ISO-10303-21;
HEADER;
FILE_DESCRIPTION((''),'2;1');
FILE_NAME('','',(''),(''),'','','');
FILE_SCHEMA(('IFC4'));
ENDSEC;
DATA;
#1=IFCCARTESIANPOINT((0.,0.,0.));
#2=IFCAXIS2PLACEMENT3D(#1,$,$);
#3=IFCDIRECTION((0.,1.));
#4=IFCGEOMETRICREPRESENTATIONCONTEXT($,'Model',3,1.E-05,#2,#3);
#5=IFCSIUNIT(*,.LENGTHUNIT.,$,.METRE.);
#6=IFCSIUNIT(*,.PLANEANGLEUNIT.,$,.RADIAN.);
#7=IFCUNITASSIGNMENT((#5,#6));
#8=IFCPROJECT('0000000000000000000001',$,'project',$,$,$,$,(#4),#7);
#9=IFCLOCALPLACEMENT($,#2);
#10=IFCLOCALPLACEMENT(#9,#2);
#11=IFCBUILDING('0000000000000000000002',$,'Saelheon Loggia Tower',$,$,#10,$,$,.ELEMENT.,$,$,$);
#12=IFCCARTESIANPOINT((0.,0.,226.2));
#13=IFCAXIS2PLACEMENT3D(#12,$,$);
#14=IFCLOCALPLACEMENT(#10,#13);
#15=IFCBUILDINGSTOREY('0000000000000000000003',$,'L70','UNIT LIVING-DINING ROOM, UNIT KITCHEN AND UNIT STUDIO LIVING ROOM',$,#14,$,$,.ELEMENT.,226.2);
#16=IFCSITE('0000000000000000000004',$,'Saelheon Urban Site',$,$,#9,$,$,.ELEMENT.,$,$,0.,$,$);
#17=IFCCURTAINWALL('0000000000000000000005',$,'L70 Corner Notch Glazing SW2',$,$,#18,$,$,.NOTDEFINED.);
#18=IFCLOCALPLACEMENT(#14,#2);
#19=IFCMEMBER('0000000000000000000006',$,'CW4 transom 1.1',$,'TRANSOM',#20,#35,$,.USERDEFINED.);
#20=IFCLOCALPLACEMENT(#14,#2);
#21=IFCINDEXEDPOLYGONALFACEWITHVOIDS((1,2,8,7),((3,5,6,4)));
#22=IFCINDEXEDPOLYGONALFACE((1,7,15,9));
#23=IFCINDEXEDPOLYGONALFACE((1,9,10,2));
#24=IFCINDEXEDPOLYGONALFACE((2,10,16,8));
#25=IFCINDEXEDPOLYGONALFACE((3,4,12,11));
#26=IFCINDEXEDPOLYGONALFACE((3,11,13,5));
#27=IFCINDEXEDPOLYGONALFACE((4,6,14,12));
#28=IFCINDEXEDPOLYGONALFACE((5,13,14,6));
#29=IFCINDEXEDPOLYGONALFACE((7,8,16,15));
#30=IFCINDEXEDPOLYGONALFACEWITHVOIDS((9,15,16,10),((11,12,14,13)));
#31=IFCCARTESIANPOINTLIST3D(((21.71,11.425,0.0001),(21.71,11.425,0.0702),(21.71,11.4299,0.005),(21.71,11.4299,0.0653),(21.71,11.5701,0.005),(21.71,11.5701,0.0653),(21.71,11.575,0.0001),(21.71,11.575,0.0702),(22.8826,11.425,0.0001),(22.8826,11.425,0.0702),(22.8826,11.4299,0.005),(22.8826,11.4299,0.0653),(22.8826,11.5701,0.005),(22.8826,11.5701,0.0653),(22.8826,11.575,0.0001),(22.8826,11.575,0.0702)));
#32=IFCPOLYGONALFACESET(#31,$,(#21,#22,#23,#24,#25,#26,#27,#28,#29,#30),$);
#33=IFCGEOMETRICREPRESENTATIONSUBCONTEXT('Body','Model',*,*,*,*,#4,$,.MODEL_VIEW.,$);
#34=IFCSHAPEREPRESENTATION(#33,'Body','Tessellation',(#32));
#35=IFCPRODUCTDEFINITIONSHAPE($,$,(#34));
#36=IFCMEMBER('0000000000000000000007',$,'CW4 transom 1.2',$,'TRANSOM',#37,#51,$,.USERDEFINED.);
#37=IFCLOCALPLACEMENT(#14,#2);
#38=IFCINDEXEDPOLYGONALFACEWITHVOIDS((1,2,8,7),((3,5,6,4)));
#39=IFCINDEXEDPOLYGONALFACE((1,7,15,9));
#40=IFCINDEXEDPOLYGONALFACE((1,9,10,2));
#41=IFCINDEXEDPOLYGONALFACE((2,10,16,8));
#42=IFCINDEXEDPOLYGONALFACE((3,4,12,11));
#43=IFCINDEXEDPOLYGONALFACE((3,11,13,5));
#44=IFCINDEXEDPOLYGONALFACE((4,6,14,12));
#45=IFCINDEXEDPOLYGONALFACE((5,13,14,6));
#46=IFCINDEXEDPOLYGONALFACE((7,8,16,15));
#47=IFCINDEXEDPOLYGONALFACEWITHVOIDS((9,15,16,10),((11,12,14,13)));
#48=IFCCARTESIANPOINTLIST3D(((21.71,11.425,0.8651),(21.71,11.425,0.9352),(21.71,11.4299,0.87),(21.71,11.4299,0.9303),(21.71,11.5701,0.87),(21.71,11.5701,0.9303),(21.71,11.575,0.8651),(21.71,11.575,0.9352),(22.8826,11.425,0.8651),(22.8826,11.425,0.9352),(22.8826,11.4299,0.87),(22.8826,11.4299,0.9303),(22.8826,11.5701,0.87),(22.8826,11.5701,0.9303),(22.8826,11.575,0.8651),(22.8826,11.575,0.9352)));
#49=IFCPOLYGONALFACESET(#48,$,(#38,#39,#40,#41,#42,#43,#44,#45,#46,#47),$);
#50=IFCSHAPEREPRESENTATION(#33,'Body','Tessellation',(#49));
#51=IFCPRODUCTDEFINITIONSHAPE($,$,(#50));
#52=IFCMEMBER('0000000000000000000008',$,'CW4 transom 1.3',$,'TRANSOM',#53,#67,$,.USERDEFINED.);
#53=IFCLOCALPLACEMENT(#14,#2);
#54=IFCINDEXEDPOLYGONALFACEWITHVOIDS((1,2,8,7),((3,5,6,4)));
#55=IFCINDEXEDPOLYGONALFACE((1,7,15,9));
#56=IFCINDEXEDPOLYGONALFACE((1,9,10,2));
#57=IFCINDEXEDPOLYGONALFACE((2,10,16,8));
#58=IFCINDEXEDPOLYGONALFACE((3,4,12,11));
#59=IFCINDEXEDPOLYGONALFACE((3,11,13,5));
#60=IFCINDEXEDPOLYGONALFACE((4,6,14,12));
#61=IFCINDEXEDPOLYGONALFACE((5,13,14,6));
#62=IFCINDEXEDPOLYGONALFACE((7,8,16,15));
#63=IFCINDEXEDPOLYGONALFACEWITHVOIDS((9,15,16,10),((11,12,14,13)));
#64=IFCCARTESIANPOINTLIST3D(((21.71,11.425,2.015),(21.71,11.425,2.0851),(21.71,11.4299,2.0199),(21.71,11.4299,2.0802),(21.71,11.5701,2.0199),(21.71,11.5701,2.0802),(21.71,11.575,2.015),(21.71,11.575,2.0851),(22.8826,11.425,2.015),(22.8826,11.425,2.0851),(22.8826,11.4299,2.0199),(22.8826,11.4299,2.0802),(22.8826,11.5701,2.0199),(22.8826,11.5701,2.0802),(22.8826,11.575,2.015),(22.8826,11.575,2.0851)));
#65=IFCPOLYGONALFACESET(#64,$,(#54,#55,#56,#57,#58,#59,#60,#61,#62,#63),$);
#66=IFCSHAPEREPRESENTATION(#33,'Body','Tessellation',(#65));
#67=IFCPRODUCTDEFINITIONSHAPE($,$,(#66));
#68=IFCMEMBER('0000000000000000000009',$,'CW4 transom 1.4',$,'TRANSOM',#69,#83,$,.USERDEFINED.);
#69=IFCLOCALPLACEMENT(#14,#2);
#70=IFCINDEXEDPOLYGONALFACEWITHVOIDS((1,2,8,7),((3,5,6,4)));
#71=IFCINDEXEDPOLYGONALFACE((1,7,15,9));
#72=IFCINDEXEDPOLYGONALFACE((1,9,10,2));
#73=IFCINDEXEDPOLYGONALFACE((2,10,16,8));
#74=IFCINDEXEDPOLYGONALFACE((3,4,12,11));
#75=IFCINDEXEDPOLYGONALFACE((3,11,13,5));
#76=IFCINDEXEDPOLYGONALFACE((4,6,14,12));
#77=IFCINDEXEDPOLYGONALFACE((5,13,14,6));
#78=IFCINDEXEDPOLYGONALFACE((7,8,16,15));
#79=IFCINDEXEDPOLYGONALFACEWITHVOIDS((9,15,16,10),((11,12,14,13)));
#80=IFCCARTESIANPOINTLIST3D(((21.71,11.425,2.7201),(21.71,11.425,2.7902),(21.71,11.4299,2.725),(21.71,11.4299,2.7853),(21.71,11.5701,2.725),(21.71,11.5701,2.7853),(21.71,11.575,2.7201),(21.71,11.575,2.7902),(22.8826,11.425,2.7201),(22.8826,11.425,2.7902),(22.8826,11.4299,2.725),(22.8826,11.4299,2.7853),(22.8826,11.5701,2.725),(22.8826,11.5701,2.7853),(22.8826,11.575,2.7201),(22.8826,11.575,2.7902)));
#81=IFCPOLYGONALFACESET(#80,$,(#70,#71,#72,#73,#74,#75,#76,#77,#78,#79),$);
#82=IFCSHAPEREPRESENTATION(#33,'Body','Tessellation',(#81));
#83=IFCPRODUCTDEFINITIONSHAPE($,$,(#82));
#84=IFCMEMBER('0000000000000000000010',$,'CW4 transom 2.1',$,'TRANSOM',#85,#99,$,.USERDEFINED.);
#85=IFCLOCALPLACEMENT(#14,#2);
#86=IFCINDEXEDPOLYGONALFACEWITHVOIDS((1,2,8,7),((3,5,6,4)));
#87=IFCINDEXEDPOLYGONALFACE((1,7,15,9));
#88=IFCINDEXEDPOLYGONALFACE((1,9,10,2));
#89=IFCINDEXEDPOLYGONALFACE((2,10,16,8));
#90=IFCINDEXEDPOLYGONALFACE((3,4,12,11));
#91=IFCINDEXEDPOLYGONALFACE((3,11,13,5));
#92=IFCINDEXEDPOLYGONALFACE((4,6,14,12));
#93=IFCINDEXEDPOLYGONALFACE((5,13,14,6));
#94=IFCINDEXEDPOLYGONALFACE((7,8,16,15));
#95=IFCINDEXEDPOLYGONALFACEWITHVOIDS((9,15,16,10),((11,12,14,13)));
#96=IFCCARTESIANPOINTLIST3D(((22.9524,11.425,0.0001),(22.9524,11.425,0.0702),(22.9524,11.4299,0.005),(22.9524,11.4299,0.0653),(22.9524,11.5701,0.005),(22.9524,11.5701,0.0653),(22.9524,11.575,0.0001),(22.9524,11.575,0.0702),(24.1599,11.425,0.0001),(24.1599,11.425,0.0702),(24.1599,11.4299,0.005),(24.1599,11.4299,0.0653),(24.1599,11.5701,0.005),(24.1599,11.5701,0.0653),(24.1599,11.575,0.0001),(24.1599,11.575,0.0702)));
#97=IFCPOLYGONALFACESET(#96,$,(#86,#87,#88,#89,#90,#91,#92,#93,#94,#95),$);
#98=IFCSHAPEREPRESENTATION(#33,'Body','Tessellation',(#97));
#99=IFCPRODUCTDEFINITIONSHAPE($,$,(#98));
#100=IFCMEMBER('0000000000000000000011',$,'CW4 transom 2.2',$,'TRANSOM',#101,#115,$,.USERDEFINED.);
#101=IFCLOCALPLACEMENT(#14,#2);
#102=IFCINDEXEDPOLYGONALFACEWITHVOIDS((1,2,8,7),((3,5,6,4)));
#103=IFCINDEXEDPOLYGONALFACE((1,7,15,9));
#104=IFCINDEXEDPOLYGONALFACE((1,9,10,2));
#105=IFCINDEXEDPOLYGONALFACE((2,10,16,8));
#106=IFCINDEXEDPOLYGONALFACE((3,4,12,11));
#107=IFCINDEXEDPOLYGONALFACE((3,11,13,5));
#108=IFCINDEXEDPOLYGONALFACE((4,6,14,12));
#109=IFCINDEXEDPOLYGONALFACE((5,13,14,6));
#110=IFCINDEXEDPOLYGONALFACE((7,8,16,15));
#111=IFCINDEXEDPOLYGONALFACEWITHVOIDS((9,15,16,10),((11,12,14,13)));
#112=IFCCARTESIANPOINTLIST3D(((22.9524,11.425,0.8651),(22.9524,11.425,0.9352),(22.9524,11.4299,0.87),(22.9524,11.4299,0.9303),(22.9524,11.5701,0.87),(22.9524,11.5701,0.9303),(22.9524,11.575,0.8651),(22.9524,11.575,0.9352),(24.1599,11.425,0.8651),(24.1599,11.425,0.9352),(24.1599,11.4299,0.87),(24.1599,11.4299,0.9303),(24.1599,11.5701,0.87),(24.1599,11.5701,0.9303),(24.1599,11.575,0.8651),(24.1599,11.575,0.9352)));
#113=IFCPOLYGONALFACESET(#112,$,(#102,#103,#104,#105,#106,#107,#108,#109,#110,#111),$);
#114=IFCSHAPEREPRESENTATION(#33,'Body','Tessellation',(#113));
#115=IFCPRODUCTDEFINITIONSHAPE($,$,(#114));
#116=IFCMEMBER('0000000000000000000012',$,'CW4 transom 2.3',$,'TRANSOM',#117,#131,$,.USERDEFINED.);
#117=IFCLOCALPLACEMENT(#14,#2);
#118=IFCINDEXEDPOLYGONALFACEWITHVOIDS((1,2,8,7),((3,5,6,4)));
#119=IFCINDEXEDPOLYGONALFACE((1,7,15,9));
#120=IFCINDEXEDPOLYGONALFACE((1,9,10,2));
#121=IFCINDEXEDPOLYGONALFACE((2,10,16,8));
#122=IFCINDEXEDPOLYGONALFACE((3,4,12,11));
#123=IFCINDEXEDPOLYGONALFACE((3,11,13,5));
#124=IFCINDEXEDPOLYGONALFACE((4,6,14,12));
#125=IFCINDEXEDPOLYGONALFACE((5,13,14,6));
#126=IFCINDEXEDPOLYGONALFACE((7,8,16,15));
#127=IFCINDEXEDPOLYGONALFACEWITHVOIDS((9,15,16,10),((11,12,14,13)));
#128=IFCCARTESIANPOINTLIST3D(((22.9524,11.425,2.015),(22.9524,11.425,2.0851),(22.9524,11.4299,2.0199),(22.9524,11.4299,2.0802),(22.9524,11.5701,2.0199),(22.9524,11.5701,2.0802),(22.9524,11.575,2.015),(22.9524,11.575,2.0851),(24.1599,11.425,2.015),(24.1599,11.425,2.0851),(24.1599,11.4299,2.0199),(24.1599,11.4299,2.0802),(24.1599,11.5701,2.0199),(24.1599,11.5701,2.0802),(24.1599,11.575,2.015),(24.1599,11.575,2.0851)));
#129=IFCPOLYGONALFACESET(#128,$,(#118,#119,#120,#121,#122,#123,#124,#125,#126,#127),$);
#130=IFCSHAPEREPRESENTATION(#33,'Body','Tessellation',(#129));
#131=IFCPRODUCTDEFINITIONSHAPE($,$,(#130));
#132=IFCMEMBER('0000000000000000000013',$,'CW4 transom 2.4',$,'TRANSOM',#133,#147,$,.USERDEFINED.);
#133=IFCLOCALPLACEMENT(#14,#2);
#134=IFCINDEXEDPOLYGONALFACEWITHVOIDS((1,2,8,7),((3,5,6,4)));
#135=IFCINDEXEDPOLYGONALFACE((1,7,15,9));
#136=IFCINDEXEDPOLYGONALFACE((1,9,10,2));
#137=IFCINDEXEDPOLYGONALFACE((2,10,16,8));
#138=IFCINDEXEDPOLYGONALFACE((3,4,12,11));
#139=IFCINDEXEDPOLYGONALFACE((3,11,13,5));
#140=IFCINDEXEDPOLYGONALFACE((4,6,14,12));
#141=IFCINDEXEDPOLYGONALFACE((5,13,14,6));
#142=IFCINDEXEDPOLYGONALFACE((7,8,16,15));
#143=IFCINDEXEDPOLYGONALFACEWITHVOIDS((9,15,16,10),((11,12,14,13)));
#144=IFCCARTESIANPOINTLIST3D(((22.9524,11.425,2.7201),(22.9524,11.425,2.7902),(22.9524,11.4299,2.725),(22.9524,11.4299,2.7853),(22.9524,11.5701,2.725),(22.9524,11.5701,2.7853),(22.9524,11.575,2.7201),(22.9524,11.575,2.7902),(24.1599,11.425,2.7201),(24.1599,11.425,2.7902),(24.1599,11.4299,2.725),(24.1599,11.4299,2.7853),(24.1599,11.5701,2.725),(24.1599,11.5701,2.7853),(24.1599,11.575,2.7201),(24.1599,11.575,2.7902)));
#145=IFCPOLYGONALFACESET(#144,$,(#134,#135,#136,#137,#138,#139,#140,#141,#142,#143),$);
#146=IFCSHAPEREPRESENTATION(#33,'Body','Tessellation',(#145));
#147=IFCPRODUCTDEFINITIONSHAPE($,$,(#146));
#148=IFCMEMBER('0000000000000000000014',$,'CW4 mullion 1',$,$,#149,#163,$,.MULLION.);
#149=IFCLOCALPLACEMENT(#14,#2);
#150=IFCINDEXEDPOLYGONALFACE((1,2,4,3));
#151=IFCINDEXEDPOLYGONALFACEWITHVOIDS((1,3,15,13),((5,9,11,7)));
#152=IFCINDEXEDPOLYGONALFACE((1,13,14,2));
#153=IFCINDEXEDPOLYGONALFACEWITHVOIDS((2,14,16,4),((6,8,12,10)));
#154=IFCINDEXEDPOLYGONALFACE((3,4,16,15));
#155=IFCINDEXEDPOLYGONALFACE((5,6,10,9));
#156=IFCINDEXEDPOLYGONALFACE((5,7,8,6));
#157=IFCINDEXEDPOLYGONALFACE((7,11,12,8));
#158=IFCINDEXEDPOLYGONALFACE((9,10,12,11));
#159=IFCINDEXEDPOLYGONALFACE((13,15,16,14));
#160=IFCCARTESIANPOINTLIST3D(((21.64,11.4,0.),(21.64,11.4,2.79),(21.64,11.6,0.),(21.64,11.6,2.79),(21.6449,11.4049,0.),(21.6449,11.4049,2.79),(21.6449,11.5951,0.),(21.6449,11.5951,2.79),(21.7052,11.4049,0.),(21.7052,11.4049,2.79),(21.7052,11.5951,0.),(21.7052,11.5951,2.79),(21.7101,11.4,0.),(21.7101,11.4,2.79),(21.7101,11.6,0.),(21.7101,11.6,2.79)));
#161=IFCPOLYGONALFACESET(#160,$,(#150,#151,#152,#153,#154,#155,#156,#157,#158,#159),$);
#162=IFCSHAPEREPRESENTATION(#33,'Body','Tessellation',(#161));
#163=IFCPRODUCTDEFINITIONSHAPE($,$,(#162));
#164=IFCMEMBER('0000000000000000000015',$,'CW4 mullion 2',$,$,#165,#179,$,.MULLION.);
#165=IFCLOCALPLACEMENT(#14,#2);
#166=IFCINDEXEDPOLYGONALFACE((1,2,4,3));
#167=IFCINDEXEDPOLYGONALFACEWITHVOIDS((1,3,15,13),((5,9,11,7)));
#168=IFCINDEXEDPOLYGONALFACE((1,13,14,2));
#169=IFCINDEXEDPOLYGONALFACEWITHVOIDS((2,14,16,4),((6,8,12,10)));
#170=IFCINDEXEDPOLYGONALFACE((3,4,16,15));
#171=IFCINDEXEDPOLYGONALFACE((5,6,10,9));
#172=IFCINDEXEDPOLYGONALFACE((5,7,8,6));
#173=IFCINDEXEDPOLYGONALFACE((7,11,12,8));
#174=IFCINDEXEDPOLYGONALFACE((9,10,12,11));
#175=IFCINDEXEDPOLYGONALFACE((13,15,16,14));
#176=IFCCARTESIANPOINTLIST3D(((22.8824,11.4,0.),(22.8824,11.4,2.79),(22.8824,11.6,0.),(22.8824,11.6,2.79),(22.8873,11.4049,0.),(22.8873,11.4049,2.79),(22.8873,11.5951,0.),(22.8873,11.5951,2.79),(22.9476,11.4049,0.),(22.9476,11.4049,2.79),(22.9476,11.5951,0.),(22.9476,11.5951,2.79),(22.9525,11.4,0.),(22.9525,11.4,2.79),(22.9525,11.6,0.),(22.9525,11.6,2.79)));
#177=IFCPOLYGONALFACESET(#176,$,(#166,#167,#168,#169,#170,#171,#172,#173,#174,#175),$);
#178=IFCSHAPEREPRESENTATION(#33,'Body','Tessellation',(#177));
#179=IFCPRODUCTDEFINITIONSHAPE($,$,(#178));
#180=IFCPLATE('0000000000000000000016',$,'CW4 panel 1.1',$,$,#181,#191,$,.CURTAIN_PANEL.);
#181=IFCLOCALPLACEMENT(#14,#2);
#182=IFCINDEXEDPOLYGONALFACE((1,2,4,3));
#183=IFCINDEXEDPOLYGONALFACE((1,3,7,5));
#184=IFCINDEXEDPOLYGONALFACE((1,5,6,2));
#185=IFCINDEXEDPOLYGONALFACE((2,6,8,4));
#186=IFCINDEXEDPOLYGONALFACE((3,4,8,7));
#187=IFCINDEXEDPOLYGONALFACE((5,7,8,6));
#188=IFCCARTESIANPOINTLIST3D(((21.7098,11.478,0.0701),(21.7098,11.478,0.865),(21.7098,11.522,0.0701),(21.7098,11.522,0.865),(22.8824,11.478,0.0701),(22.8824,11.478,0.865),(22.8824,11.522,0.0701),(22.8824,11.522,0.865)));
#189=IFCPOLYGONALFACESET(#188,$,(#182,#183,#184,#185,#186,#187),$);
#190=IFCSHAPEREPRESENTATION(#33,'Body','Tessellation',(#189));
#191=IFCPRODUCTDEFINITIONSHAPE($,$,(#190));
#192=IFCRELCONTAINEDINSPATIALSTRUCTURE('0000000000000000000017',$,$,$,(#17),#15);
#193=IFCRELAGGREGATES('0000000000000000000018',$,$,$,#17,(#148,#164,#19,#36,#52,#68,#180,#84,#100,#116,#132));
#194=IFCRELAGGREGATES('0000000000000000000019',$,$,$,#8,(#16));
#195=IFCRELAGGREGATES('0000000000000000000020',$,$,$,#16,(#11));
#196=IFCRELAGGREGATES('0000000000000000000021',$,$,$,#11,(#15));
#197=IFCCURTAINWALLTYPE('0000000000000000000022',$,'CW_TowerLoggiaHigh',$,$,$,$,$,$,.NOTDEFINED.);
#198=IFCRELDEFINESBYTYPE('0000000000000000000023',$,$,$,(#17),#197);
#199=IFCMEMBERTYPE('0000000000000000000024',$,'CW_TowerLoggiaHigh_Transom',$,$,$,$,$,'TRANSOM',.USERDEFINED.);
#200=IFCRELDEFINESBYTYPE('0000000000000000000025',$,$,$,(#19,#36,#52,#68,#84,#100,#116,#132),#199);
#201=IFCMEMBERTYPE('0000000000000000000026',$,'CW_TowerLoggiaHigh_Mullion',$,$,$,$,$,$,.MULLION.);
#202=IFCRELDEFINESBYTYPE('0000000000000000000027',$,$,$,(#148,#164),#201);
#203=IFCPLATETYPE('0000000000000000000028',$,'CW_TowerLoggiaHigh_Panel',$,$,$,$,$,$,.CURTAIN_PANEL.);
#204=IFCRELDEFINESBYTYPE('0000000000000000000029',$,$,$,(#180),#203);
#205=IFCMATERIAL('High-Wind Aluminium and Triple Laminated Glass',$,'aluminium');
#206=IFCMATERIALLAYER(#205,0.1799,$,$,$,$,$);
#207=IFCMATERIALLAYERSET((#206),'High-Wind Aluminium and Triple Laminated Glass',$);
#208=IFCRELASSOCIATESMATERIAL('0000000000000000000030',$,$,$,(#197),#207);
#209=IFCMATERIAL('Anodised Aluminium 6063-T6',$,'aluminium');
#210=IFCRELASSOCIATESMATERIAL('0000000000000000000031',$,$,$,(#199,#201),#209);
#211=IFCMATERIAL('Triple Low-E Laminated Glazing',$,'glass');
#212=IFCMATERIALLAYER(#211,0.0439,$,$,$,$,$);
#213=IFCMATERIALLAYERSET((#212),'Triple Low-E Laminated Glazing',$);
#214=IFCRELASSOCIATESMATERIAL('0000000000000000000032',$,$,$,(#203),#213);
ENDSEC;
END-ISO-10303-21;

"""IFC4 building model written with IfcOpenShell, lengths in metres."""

from ifc_helpers import new_model, si_unit, direction, frame, origin, origin_2d, place, context, subcontext, project, spatial, rectangle, hollow_rectangle, extrude, source, transform, mapped, material, layer, layer_set, material_profile, profile_set, type_object, element, aggregate, save


model = new_model("IFC4")

# Units and contexts
model_context = context("Model", 3, precision=1e-05, world=origin(), true_north=direction((0.0, 1.0)))
body_context = subcontext(model_context, "Body", "Model", "MODEL_VIEW")
ifc_project = project(units=[si_unit("LENGTHUNIT", "METRE"), si_unit("PLANEANGLEUNIT", "RADIAN")], contexts=[model_context])

# Site, building, storey
site_placement = place(None, origin())
site = spatial("IfcSite", under=ifc_project, at=site_placement, Name="Saelheon Urban Site", CompositionType="ELEMENT", RefElevation=0.0)
building_placement = place(site_placement, origin())
building = spatial("IfcBuilding", under=site, at=building_placement, Name="Saelheon Loggia Tower", CompositionType="ELEMENT")
storey_placement = place(building_placement, frame((0.0, 0.0, 226.2)))
storey = spatial("IfcBuildingStorey", under=building, at=storey_placement, Name="L70", Description="UNIT LIVING-DINING ROOM, UNIT KITCHEN AND UNIT STUDIO LIVING ROOM", CompositionType="ELEMENT", Elevation=226.2)

# Curtain wall, members, plate
ifc_material_1 = material(Name="High-Wind Aluminium and Triple Laminated Glass", Category="aluminium")
ifc_layer_1 = layer(ifc_material_1, 0.1799)
ifc_layer_set_1 = layer_set([ifc_layer_1], Name="High-Wind Aluminium and Triple Laminated Glass")
curtain_wall_type = type_object("IfcCurtainWallType", Name="CW_TowerLoggiaHigh", PredefinedType="NOTDEFINED", material=ifc_layer_set_1)
curtain_wall_placement = place(storey_placement, origin())
curtain_wall = element("IfcCurtainWall", 1, at=curtain_wall_placement, inside=storey, type_object=curtain_wall_type, Name="L70 Corner Notch Glazing SW2", PredefinedType="NOTDEFINED")
ifc_material_2 = material(Name="Anodised Aluminium 6063-T6", Category="aluminium")
ifc_material_profile_1 = material_profile(ifc_material_2, hollow_rectangle(XDim=0.0701, YDim=0.1499, WallThickness=0.0049, at=origin_2d()), Name="RHS-150x70x5")
ifc_profile_set_1 = profile_set([ifc_material_profile_1], Name="Anodised Aluminium 6063-T6")
member_type_1 = type_object("IfcMemberType", Name="CW_TowerLoggiaHigh_Transom", ElementType="TRANSOM", PredefinedType="USERDEFINED", material=ifc_profile_set_1)
shared_shape_1 = source(origin(), body_context, "Body", "SweptSolid", [
    extrude(hollow_rectangle(XDim=0.0701, YDim=0.1499, WallThickness=0.0049, at=origin_2d()), origin(), (0.0, 0.0, 1.0), 1.1726),
])
member_1_placement = place(storey_placement, frame((21.71, 11.5, 0.0352), z_axis=(1.0, 0.0, 0.0), x_axis=(0.0, 0.0, 1.0)))
member_1 = element("IfcMember", 2, at=member_1_placement, type_object=member_type_1, Name="CW4 transom 1.1", ObjectType="TRANSOM", PredefinedType="USERDEFINED", context=body_context, shape_type="MappedRepresentation", body=[
    mapped(shared_shape_1, transform((0.0, 0.0, 0.0), scale=1.0)),
])
member_2_placement = place(storey_placement, frame((21.71, 11.5, 0.9001), z_axis=(1.0, 0.0, 0.0), x_axis=(0.0, 0.0, 1.0)))
member_2 = element("IfcMember", 3, at=member_2_placement, type_object=member_type_1, Name="CW4 transom 1.2", ObjectType="TRANSOM", PredefinedType="USERDEFINED", context=body_context, shape_type="MappedRepresentation", body=[
    mapped(shared_shape_1, transform((0.0, 0.0, 0.0), scale=1.0)),
])
member_3_placement = place(storey_placement, frame((21.71, 11.5, 2.05), z_axis=(1.0, 0.0, 0.0), x_axis=(0.0, 0.0, 1.0)))
member_3 = element("IfcMember", 4, at=member_3_placement, type_object=member_type_1, Name="CW4 transom 1.3", ObjectType="TRANSOM", PredefinedType="USERDEFINED", context=body_context, shape_type="MappedRepresentation", body=[
    mapped(shared_shape_1, transform((0.0, 0.0, 0.0), scale=1.0)),
])
member_4_placement = place(storey_placement, frame((21.71, 11.5, 2.7551), z_axis=(1.0, 0.0, 0.0), x_axis=(0.0, 0.0, 1.0)))
member_4 = element("IfcMember", 5, at=member_4_placement, type_object=member_type_1, Name="CW4 transom 1.4", ObjectType="TRANSOM", PredefinedType="USERDEFINED", context=body_context, shape_type="MappedRepresentation", body=[
    mapped(shared_shape_1, transform((0.0, 0.0, 0.0), scale=1.0)),
])
shared_shape_2 = source(origin(), body_context, "Body", "SweptSolid", [
    extrude(hollow_rectangle(XDim=0.0701, YDim=0.1499, WallThickness=0.0049, at=origin_2d()), origin(), (0.0, 0.0, 1.0), 1.2075),
])
member_5_placement = place(storey_placement, frame((22.9524, 11.5, 0.0352), z_axis=(1.0, 0.0, 0.0), x_axis=(0.0, 0.0, 1.0)))
member_5 = element("IfcMember", 6, at=member_5_placement, type_object=member_type_1, Name="CW4 transom 2.1", ObjectType="TRANSOM", PredefinedType="USERDEFINED", context=body_context, shape_type="MappedRepresentation", body=[
    mapped(shared_shape_2, transform((0.0, 0.0, 0.0), scale=1.0)),
])
member_6_placement = place(storey_placement, frame((22.9524, 11.5, 0.9001), z_axis=(1.0, 0.0, 0.0), x_axis=(0.0, 0.0, 1.0)))
member_6 = element("IfcMember", 7, at=member_6_placement, type_object=member_type_1, Name="CW4 transom 2.2", ObjectType="TRANSOM", PredefinedType="USERDEFINED", context=body_context, shape_type="MappedRepresentation", body=[
    mapped(shared_shape_2, transform((0.0, 0.0, 0.0), scale=1.0)),
])
member_7_placement = place(storey_placement, frame((22.9524, 11.5, 2.05), z_axis=(1.0, 0.0, 0.0), x_axis=(0.0, 0.0, 1.0)))
member_7 = element("IfcMember", 8, at=member_7_placement, type_object=member_type_1, Name="CW4 transom 2.3", ObjectType="TRANSOM", PredefinedType="USERDEFINED", context=body_context, shape_type="MappedRepresentation", body=[
    mapped(shared_shape_2, transform((0.0, 0.0, 0.0), scale=1.0)),
])
member_8_placement = place(storey_placement, frame((22.9524, 11.5, 2.7551), z_axis=(1.0, 0.0, 0.0), x_axis=(0.0, 0.0, 1.0)))
member_8 = element("IfcMember", 9, at=member_8_placement, type_object=member_type_1, Name="CW4 transom 2.4", ObjectType="TRANSOM", PredefinedType="USERDEFINED", context=body_context, shape_type="MappedRepresentation", body=[
    mapped(shared_shape_2, transform((0.0, 0.0, 0.0), scale=1.0)),
])
ifc_material_profile_2 = material_profile(ifc_material_2, hollow_rectangle(XDim=0.0701, YDim=0.2, WallThickness=0.0049, at=origin_2d()), Name="RHS-200x70x5")
ifc_profile_set_2 = profile_set([ifc_material_profile_2], Name="Anodised Aluminium 6063-T6")
member_type_2 = type_object("IfcMemberType", Name="CW_TowerLoggiaHigh_Mullion", PredefinedType="MULLION", material=ifc_profile_set_2)
shared_shape_3 = source(origin(), body_context, "Body", "SweptSolid", [
    extrude(hollow_rectangle(XDim=0.0701, YDim=0.2, WallThickness=0.0049, at=origin_2d()), origin(), (0.0, 0.0, 1.0), 2.79),
])
member_9_placement = place(storey_placement, frame((21.675, 11.5, 0.0), z_axis=(0.0, 0.0, 1.0), x_axis=(1.0, 0.0, 0.0)))
member_9 = element("IfcMember", 10, at=member_9_placement, type_object=member_type_2, Name="CW4 mullion 1", PredefinedType="MULLION", context=body_context, shape_type="MappedRepresentation", body=[
    mapped(shared_shape_3, transform((0.0, 0.0, 0.0), scale=1.0)),
])
member_10_placement = place(storey_placement, frame((22.9175, 11.5, 0.0), z_axis=(0.0, 0.0, 1.0), x_axis=(1.0, 0.0, 0.0)))
member_10 = element("IfcMember", 11, at=member_10_placement, type_object=member_type_2, Name="CW4 mullion 2", PredefinedType="MULLION", context=body_context, shape_type="MappedRepresentation", body=[
    mapped(shared_shape_3, transform((0.0, 0.0, 0.0), scale=1.0)),
])
ifc_material_3 = material(Name="Triple Low-E Laminated Glazing", Category="glass")
ifc_layer_2 = layer(ifc_material_3, 0.0439)
ifc_layer_set_2 = layer_set([ifc_layer_2], Name="Triple Low-E Laminated Glazing")
plate_type = type_object("IfcPlateType", Name="CW_TowerLoggiaHigh_Panel", PredefinedType="CURTAIN_PANEL", material=ifc_layer_set_2)
shared_shape_4 = source(origin(), body_context, "Body", "SweptSolid", [
    extrude(rectangle(XDim=1.1726, YDim=0.0439, at=origin_2d()), origin(), (0.0, 0.0, 1.0), 0.7949),
])
plate_1_placement = place(storey_placement, frame((22.2961, 11.5, 0.0701), z_axis=(0.0, 0.0, 1.0), x_axis=(1.0, 0.0, 0.0)))
plate_1 = element("IfcPlate", 12, at=plate_1_placement, type_object=plate_type, Name="CW4 panel 1.1", PredefinedType="CURTAIN_PANEL", context=body_context, shape_type="MappedRepresentation", body=[
    mapped(shared_shape_4, transform((0.0, 0.0, 0.0), scale=1.0)),
])
aggregate(curtain_wall, [member_9, member_10, member_1, member_2, member_3, member_4, plate_1, member_5, member_6, member_7, member_8])

save(model, "model.ifc")
